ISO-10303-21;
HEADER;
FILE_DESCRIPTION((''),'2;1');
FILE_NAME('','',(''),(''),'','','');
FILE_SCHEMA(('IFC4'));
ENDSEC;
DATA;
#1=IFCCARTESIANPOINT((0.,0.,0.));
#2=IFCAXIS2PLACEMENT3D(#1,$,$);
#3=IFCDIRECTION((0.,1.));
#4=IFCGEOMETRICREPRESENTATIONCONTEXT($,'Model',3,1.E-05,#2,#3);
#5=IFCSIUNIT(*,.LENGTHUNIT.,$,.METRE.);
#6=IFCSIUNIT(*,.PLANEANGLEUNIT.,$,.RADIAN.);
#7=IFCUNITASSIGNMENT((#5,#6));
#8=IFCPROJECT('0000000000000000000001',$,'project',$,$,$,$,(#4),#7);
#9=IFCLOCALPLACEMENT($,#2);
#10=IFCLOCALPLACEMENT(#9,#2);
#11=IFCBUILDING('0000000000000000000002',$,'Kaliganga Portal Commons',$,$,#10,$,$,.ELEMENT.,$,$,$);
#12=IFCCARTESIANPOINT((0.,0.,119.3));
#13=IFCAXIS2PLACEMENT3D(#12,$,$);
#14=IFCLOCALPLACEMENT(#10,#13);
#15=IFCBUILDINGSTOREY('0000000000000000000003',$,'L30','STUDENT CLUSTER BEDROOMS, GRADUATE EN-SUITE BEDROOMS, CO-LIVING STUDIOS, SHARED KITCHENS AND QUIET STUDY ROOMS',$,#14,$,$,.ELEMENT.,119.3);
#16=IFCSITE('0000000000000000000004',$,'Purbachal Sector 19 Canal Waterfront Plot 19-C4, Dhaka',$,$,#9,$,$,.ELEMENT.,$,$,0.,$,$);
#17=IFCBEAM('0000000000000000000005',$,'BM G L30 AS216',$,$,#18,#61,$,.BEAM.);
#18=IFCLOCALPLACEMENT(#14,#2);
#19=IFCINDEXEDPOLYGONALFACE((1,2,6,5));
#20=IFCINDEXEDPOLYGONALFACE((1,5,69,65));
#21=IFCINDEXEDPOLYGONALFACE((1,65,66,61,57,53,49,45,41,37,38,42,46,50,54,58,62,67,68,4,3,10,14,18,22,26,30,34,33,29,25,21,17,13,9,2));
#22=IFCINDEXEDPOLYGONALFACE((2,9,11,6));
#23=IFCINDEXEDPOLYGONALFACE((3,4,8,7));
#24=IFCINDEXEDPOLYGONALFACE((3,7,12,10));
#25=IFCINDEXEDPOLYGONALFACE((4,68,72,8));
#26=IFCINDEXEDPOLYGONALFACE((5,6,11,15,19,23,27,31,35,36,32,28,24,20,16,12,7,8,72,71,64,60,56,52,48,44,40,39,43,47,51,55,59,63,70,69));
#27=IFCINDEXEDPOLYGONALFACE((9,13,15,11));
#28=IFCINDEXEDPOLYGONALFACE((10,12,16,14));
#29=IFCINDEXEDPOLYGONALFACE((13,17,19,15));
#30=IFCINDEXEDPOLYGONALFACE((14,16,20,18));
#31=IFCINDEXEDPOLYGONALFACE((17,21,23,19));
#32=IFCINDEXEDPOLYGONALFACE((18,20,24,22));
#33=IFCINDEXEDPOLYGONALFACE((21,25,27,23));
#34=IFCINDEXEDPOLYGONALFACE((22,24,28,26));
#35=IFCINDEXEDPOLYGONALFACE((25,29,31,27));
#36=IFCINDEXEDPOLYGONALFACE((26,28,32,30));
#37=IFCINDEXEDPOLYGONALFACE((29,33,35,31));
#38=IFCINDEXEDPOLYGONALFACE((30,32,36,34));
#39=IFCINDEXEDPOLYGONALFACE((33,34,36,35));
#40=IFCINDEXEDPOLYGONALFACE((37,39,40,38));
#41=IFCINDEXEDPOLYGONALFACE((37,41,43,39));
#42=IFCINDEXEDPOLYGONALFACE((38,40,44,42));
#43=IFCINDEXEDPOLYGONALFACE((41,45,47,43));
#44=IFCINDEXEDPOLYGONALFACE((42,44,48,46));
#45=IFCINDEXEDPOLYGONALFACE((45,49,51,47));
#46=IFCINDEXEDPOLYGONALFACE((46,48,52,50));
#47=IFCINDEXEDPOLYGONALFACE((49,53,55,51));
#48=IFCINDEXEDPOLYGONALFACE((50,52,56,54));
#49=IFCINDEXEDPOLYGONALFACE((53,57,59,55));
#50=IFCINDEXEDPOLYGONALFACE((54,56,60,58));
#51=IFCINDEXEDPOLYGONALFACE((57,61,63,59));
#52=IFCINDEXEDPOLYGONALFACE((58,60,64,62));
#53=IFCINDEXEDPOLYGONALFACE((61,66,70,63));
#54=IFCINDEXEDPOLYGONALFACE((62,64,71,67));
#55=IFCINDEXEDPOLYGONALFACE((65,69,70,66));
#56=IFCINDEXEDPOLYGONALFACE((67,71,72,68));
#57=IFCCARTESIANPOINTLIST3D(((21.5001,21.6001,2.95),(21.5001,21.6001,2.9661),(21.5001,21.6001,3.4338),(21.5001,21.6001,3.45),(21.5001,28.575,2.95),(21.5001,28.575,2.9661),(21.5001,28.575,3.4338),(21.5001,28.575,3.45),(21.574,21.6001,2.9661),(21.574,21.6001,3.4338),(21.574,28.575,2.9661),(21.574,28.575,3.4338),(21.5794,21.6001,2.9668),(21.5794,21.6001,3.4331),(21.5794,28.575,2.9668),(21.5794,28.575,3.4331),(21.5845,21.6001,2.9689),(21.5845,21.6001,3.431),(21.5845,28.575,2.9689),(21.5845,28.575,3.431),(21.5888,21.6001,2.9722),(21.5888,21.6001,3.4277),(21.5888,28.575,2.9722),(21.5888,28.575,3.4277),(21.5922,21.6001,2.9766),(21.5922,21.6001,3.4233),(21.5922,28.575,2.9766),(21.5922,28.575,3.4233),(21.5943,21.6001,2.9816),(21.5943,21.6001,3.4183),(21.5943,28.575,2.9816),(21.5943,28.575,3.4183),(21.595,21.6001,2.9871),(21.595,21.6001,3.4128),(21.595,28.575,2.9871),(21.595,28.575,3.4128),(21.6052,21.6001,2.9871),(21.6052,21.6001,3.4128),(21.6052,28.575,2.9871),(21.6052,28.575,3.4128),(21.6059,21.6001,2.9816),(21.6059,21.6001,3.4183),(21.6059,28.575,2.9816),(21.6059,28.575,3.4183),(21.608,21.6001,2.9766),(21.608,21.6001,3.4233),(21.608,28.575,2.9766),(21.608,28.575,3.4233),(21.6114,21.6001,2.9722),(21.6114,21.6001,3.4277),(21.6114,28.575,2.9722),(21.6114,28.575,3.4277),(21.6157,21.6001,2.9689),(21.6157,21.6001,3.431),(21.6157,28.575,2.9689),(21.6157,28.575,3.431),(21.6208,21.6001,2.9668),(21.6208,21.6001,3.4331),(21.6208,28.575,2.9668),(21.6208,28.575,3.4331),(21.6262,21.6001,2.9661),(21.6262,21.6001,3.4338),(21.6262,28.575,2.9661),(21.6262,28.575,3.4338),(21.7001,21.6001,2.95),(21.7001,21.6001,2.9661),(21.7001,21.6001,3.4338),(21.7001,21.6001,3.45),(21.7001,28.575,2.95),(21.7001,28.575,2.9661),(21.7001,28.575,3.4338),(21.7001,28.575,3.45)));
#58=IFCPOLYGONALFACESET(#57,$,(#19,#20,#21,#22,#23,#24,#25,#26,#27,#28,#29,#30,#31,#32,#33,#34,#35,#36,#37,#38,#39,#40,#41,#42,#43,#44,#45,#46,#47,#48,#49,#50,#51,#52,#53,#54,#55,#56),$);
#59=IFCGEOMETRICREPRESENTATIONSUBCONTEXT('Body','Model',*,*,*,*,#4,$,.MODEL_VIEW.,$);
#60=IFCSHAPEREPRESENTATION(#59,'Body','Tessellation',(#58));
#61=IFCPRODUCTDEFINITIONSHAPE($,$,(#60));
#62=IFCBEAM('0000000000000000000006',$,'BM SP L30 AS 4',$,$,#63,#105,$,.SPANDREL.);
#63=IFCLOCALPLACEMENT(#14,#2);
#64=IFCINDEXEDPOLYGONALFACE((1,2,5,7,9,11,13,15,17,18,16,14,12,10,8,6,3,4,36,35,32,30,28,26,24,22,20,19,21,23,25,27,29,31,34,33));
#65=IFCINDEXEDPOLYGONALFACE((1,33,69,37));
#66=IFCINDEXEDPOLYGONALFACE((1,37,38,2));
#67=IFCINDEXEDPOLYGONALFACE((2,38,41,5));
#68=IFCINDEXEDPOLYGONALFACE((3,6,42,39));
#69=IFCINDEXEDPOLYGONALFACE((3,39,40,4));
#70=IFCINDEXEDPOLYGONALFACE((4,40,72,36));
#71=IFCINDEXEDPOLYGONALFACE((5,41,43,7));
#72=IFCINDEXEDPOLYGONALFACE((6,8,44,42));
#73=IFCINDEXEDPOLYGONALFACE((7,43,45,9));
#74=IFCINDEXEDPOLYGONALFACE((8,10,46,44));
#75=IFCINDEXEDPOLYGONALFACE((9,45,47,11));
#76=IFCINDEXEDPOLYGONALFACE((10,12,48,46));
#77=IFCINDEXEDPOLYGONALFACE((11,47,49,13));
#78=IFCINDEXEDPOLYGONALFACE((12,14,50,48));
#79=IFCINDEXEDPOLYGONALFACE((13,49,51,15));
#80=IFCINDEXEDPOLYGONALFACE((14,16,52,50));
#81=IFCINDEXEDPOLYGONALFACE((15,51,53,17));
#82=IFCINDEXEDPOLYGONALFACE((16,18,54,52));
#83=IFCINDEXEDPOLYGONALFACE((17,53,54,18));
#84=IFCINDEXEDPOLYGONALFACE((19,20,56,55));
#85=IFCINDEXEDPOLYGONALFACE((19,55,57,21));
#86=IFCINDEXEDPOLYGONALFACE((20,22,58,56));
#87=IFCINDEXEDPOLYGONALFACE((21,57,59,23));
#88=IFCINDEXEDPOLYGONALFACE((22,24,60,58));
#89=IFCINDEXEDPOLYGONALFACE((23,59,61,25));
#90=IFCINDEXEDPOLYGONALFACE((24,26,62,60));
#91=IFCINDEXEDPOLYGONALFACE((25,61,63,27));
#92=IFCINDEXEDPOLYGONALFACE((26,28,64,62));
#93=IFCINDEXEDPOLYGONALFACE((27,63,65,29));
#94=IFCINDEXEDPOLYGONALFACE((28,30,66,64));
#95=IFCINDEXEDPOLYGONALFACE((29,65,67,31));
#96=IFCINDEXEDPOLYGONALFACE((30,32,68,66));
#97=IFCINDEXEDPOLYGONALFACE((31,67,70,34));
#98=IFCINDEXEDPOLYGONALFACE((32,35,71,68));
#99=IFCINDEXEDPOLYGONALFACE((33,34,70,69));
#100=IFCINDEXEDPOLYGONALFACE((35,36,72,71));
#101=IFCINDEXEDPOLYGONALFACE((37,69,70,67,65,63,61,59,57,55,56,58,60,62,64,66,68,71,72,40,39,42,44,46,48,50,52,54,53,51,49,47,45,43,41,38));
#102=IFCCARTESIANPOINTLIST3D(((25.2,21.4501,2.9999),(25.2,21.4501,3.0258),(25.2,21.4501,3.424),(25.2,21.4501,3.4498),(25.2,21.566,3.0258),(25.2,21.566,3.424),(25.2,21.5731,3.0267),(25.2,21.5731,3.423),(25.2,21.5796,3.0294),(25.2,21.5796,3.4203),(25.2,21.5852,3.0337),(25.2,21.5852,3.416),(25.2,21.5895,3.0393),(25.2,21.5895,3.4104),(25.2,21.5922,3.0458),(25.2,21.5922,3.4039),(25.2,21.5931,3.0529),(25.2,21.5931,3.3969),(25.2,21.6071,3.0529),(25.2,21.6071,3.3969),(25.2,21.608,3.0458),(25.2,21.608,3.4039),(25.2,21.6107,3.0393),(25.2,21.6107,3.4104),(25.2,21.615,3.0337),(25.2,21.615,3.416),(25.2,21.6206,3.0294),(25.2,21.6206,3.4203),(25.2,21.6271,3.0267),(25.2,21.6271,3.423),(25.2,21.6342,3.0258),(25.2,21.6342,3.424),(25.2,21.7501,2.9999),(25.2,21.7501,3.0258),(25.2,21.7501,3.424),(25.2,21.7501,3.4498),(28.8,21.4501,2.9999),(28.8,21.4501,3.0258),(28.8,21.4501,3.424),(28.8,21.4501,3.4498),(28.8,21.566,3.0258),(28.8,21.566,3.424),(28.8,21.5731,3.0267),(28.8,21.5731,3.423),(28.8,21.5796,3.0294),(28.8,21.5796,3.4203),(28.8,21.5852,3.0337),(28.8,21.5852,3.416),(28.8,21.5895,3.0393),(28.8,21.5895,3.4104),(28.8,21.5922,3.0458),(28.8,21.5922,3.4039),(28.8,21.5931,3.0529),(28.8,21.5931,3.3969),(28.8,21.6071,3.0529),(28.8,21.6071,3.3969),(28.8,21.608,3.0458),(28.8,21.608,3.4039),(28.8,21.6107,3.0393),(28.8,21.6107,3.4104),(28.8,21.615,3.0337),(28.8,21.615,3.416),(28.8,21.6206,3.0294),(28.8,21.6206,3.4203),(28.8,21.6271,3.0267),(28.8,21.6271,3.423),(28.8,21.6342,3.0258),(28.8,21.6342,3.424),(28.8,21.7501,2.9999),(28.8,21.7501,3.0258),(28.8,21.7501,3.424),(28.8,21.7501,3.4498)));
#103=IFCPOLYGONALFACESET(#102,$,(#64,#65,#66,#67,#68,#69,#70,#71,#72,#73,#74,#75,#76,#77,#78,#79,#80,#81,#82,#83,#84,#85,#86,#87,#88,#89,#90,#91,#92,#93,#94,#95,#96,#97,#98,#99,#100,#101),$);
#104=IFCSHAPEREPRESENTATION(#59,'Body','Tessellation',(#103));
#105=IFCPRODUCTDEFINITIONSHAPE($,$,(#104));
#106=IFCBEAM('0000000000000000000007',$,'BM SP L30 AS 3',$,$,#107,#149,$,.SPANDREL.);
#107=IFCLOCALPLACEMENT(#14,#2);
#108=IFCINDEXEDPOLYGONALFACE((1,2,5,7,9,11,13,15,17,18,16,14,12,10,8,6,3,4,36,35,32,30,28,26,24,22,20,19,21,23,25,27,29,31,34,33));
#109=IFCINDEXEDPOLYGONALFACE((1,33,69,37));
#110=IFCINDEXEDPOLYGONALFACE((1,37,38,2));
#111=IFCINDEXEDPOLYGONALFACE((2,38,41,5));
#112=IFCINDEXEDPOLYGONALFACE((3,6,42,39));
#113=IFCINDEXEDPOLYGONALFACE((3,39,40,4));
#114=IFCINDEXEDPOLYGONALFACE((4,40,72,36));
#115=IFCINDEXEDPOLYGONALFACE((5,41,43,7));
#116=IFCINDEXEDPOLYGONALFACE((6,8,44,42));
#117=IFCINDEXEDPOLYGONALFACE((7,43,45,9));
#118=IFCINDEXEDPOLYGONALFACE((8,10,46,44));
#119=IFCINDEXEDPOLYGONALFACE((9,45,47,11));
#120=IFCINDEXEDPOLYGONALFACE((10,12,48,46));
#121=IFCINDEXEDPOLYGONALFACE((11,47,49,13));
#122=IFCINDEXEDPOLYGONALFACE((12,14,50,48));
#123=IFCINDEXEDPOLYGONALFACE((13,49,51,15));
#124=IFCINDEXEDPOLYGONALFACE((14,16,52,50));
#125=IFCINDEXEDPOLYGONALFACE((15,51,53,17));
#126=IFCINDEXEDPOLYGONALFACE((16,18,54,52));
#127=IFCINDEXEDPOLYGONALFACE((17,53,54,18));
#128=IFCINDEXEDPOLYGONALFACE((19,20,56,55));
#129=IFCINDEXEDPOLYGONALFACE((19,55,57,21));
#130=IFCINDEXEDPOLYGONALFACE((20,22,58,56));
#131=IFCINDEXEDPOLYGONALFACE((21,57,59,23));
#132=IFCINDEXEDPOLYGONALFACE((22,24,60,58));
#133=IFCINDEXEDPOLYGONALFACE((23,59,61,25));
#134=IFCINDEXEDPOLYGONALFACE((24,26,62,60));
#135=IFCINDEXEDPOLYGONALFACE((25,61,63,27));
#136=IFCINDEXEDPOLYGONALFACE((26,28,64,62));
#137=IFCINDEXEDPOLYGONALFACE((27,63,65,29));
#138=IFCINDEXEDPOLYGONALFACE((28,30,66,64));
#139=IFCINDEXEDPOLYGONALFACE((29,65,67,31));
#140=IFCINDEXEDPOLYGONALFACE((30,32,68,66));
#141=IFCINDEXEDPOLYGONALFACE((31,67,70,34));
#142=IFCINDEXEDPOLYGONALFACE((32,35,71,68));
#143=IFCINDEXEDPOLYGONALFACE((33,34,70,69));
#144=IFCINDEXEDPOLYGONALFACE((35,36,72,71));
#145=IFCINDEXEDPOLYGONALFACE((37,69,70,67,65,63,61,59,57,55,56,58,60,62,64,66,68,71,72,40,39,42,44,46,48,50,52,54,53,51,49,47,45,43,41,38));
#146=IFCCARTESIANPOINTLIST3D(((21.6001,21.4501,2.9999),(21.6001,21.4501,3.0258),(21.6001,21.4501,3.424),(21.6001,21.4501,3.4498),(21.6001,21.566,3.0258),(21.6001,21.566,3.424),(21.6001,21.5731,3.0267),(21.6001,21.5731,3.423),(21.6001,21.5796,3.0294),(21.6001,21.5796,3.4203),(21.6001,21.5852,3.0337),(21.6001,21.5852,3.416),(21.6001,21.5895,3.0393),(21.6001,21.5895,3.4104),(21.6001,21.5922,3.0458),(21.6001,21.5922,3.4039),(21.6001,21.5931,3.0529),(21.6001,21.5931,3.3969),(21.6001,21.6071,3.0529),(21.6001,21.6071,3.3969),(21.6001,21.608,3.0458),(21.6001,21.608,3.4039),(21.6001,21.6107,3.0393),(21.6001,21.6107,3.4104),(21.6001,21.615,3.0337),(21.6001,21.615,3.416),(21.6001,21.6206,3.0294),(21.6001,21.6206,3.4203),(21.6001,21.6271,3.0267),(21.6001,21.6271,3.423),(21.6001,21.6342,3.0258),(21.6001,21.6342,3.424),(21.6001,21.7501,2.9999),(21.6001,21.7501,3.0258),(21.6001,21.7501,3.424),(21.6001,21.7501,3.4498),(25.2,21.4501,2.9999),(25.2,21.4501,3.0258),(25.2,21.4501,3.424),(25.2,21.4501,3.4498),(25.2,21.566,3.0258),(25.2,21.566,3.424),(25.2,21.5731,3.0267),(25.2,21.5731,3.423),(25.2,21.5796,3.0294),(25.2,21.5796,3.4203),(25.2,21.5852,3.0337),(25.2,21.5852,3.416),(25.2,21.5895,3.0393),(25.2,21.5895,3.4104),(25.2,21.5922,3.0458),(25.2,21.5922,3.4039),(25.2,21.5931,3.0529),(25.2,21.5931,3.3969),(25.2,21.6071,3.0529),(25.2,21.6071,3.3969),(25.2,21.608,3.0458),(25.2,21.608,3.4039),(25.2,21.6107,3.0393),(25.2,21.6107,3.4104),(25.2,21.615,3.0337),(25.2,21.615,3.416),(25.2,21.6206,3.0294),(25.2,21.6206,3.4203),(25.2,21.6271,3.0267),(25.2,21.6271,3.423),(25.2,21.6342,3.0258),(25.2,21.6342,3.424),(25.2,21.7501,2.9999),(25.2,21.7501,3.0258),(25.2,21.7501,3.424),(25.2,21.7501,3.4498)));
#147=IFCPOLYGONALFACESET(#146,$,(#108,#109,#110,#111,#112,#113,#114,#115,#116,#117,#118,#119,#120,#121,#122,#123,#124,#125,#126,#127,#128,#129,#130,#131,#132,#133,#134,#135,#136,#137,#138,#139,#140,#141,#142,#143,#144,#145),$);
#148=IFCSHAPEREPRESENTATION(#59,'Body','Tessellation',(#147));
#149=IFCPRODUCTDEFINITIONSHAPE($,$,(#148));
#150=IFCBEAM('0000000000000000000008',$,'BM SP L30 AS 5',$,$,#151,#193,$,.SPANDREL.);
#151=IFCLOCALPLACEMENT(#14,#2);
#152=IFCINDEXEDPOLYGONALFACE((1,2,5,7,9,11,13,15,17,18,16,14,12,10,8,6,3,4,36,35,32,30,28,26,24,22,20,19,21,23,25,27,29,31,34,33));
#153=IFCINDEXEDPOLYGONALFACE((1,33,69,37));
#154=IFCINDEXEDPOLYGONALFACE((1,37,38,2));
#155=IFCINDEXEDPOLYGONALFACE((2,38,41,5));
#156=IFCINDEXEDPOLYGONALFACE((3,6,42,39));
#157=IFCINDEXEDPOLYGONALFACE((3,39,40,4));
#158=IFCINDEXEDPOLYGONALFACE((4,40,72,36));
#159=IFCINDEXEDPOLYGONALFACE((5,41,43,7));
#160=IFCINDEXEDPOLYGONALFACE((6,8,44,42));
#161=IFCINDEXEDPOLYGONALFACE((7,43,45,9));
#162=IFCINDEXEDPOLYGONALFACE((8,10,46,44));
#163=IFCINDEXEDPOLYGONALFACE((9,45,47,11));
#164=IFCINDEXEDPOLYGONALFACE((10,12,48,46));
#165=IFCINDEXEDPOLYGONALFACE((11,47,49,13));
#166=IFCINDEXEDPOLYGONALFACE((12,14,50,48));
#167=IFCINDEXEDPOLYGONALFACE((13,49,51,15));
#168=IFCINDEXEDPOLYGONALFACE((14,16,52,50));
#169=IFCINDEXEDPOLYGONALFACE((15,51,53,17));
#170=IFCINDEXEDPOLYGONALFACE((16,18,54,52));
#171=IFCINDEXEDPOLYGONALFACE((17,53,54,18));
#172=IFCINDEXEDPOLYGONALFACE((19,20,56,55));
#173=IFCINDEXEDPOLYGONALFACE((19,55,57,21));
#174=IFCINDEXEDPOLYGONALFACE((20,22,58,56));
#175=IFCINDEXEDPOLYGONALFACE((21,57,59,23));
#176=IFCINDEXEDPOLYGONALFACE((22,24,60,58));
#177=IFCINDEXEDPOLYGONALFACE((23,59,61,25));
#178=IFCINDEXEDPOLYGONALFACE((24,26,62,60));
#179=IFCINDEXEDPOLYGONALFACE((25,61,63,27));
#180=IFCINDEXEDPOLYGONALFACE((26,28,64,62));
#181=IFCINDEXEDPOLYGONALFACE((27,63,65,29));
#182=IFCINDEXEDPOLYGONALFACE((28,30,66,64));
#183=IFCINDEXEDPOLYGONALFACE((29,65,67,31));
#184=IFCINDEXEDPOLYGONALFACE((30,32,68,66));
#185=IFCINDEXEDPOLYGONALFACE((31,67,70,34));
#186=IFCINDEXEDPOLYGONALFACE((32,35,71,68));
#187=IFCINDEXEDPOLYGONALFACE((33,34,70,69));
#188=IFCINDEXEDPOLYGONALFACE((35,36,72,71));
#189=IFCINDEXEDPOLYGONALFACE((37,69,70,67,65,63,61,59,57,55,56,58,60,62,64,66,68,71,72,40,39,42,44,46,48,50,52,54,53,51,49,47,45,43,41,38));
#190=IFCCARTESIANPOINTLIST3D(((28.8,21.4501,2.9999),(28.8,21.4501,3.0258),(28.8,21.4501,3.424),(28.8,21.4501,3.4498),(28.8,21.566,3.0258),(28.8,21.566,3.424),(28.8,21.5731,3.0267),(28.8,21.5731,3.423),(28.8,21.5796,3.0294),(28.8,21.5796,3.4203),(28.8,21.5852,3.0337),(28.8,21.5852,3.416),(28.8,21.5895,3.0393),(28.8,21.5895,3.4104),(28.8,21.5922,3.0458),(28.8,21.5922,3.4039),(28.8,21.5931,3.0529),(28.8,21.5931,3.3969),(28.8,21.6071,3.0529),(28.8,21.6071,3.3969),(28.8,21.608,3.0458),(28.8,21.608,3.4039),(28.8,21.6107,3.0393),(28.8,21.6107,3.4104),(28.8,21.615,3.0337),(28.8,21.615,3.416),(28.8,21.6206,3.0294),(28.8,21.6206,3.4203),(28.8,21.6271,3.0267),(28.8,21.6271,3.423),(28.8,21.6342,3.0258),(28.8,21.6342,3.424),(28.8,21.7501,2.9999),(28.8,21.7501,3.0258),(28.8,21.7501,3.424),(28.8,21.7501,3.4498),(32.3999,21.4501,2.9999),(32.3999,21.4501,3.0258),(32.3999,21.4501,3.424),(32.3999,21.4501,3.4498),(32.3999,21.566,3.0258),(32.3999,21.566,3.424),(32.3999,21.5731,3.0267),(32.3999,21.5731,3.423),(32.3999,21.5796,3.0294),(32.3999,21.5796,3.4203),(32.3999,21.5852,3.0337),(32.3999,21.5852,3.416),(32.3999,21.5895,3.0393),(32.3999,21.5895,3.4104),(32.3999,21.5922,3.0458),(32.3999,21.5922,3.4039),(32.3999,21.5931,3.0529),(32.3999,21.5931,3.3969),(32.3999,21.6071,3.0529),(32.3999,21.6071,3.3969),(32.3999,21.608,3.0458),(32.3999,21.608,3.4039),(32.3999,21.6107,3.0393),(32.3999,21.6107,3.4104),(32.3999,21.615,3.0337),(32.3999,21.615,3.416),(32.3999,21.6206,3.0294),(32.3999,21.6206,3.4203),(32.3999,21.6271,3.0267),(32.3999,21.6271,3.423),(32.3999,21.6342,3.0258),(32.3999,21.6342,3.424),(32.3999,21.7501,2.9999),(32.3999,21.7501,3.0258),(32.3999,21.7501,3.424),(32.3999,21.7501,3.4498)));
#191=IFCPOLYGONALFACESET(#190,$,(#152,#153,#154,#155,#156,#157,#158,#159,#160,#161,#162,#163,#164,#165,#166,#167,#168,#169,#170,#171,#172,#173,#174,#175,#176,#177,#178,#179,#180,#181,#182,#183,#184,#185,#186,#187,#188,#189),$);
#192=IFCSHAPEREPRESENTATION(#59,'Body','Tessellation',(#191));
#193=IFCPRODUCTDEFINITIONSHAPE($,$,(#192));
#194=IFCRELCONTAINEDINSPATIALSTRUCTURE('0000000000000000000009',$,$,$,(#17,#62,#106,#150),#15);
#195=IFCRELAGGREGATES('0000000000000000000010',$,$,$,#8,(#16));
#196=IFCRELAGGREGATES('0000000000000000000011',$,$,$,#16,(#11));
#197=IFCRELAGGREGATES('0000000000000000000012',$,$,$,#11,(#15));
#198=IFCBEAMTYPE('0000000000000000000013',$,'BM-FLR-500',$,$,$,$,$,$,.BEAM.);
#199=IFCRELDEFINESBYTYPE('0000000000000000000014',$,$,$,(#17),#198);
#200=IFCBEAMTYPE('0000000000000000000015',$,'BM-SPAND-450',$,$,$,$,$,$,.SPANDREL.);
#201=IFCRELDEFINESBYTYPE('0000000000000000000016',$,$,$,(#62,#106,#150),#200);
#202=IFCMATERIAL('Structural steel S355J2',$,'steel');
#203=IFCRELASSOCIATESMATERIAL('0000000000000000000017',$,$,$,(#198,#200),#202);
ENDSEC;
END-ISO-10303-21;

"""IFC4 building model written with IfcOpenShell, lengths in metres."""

from ifc_helpers import new_model, si_unit, direction, frame, origin, origin_2d, place, context, subcontext, project, spatial, i_section, extrude, source, transform, mapped, material, material_profile, profile_set, type_object, element, save


model = new_model("IFC4")

# Units and contexts
model_context = context("Model", 3, precision=1e-05, world=origin(), true_north=direction((0.0, 1.0)))
body_context = subcontext(model_context, "Body", "Model", "MODEL_VIEW")
ifc_project = project(units=[si_unit("LENGTHUNIT", "METRE"), si_unit("PLANEANGLEUNIT", "RADIAN")], contexts=[model_context])

# Site, building, storey
site_placement = place(None, origin())
site = spatial("IfcSite", under=ifc_project, at=site_placement, Name="Purbachal Sector 19 Canal Waterfront Plot 19-C4, Dhaka", CompositionType="ELEMENT", RefElevation=0.0)
building_placement = place(site_placement, origin())
building = spatial("IfcBuilding", under=site, at=building_placement, Name="Kaliganga Portal Commons", CompositionType="ELEMENT")
storey_placement = place(building_placement, frame((0.0, 0.0, 119.3)))
storey = spatial("IfcBuildingStorey", under=building, at=storey_placement, Name="L30", Description="STUDENT CLUSTER BEDROOMS, GRADUATE EN-SUITE BEDROOMS, CO-LIVING STUDIOS, SHARED KITCHENS AND QUIET STUDY ROOMS", CompositionType="ELEMENT", Elevation=119.3)

# Beams
ifc_material_1 = material(Name="Structural steel S355J2", Category="steel")
ifc_material_profile_1 = material_profile(ifc_material_1, i_section(OverallWidth=0.2, OverallDepth=0.5, WebThickness=0.0103, FlangeThickness=0.0161, FilletRadius=0.021, at=origin_2d()), Name="IPE 500")
ifc_profile_set_1 = profile_set([ifc_material_profile_1], Name="Structural steel S355J2 wide-flange")
beam_type_1 = type_object("IfcBeamType", Name="BM-FLR-500", PredefinedType="BEAM", material=ifc_profile_set_1)
shared_shape_1 = source(origin(), body_context, "Body", "SweptSolid", [
    extrude(i_section(OverallWidth=0.2, OverallDepth=0.5, WebThickness=0.0103, FlangeThickness=0.0161, FilletRadius=0.021, at=origin_2d()), origin(), (0.0, 0.0, 1.0), 6.9749),
])
beam_1_placement = place(storey_placement, frame((21.6001, 21.6001, 3.2), z_axis=(0.0, 1.0, 0.0), x_axis=(-1.0, 0.0, 0.0)))
element("IfcBeam", 1, at=beam_1_placement, inside=storey, type_object=beam_type_1, Name="BM G L30 AS216", PredefinedType="BEAM", context=body_context, shape_type="MappedRepresentation", body=[
    mapped(shared_shape_1, transform((0.0, 0.0, 0.0), x_axis=(1.0, 0.0, 0.0), y_axis=(0.0, 1.0, 0.0), z_axis=(0.0, 0.0, 1.0), scale=1.0)),
])
ifc_material_profile_2 = material_profile(ifc_material_1, i_section(OverallWidth=0.3, OverallDepth=0.45, WebThickness=0.0139, FlangeThickness=0.0259, FilletRadius=0.0271, at=origin_2d()), Name="HE 450 B")
ifc_profile_set_2 = profile_set([ifc_material_profile_2], Name="Structural steel S355J2 wide-flange")
beam_type_2 = type_object("IfcBeamType", Name="BM-SPAND-450", PredefinedType="SPANDREL", material=ifc_profile_set_2)
shared_shape_2 = source(origin(), body_context, "Body", "SweptSolid", [
    extrude(i_section(OverallWidth=0.3, OverallDepth=0.45, WebThickness=0.0139, FlangeThickness=0.0259, FilletRadius=0.0271, at=origin_2d()), origin(), (0.0, 0.0, 1.0), 3.6001),
])
beam_2_placement = place(storey_placement, frame((25.2, 21.6001, 3.2249), z_axis=(1.0, 0.0, 0.0), x_axis=(0.0, 1.0, 0.0)))
element("IfcBeam", 2, at=beam_2_placement, inside=storey, type_object=beam_type_2, Name="BM SP L30 AS 4", PredefinedType="SPANDREL", context=body_context, shape_type="MappedRepresentation", body=[
    mapped(shared_shape_2, transform((0.0, 0.0, 0.0), x_axis=(1.0, 0.0, 0.0), y_axis=(0.0, 1.0, 0.0), z_axis=(0.0, 0.0, 1.0), scale=1.0)),
])
shared_shape_3 = source(origin(), body_context, "Body", "SweptSolid", [
    extrude(i_section(OverallWidth=0.3, OverallDepth=0.45, WebThickness=0.0139, FlangeThickness=0.0259, FilletRadius=0.0271, at=origin_2d()), origin(), (0.0, 0.0, 1.0), 3.5999),
])
for number, where, z_axis, x_axis, name in (
    (3, (21.6001, 21.6001, 3.2249), (1.0, 0.0, 0.0), (0.0, 1.0, 0.0), "BM SP L30 AS 3"),
    (4, (28.8, 21.6001, 3.2249), (1.0, 0.0, 0.0), (0.0, 1.0, 0.0), "BM SP L30 AS 5"),
):
    element("IfcBeam", number, at=place(storey_placement, frame(where, z_axis=z_axis, x_axis=x_axis)), inside=storey, type_object=beam_type_2, Name=name, PredefinedType="SPANDREL", context=body_context, shape_type="MappedRepresentation", body=[
        mapped(shared_shape_3, transform((0.0, 0.0, 0.0), x_axis=(1.0, 0.0, 0.0), y_axis=(0.0, 1.0, 0.0), z_axis=(0.0, 0.0, 1.0), scale=1.0)),
    ])

save(model, "model.ifc")
